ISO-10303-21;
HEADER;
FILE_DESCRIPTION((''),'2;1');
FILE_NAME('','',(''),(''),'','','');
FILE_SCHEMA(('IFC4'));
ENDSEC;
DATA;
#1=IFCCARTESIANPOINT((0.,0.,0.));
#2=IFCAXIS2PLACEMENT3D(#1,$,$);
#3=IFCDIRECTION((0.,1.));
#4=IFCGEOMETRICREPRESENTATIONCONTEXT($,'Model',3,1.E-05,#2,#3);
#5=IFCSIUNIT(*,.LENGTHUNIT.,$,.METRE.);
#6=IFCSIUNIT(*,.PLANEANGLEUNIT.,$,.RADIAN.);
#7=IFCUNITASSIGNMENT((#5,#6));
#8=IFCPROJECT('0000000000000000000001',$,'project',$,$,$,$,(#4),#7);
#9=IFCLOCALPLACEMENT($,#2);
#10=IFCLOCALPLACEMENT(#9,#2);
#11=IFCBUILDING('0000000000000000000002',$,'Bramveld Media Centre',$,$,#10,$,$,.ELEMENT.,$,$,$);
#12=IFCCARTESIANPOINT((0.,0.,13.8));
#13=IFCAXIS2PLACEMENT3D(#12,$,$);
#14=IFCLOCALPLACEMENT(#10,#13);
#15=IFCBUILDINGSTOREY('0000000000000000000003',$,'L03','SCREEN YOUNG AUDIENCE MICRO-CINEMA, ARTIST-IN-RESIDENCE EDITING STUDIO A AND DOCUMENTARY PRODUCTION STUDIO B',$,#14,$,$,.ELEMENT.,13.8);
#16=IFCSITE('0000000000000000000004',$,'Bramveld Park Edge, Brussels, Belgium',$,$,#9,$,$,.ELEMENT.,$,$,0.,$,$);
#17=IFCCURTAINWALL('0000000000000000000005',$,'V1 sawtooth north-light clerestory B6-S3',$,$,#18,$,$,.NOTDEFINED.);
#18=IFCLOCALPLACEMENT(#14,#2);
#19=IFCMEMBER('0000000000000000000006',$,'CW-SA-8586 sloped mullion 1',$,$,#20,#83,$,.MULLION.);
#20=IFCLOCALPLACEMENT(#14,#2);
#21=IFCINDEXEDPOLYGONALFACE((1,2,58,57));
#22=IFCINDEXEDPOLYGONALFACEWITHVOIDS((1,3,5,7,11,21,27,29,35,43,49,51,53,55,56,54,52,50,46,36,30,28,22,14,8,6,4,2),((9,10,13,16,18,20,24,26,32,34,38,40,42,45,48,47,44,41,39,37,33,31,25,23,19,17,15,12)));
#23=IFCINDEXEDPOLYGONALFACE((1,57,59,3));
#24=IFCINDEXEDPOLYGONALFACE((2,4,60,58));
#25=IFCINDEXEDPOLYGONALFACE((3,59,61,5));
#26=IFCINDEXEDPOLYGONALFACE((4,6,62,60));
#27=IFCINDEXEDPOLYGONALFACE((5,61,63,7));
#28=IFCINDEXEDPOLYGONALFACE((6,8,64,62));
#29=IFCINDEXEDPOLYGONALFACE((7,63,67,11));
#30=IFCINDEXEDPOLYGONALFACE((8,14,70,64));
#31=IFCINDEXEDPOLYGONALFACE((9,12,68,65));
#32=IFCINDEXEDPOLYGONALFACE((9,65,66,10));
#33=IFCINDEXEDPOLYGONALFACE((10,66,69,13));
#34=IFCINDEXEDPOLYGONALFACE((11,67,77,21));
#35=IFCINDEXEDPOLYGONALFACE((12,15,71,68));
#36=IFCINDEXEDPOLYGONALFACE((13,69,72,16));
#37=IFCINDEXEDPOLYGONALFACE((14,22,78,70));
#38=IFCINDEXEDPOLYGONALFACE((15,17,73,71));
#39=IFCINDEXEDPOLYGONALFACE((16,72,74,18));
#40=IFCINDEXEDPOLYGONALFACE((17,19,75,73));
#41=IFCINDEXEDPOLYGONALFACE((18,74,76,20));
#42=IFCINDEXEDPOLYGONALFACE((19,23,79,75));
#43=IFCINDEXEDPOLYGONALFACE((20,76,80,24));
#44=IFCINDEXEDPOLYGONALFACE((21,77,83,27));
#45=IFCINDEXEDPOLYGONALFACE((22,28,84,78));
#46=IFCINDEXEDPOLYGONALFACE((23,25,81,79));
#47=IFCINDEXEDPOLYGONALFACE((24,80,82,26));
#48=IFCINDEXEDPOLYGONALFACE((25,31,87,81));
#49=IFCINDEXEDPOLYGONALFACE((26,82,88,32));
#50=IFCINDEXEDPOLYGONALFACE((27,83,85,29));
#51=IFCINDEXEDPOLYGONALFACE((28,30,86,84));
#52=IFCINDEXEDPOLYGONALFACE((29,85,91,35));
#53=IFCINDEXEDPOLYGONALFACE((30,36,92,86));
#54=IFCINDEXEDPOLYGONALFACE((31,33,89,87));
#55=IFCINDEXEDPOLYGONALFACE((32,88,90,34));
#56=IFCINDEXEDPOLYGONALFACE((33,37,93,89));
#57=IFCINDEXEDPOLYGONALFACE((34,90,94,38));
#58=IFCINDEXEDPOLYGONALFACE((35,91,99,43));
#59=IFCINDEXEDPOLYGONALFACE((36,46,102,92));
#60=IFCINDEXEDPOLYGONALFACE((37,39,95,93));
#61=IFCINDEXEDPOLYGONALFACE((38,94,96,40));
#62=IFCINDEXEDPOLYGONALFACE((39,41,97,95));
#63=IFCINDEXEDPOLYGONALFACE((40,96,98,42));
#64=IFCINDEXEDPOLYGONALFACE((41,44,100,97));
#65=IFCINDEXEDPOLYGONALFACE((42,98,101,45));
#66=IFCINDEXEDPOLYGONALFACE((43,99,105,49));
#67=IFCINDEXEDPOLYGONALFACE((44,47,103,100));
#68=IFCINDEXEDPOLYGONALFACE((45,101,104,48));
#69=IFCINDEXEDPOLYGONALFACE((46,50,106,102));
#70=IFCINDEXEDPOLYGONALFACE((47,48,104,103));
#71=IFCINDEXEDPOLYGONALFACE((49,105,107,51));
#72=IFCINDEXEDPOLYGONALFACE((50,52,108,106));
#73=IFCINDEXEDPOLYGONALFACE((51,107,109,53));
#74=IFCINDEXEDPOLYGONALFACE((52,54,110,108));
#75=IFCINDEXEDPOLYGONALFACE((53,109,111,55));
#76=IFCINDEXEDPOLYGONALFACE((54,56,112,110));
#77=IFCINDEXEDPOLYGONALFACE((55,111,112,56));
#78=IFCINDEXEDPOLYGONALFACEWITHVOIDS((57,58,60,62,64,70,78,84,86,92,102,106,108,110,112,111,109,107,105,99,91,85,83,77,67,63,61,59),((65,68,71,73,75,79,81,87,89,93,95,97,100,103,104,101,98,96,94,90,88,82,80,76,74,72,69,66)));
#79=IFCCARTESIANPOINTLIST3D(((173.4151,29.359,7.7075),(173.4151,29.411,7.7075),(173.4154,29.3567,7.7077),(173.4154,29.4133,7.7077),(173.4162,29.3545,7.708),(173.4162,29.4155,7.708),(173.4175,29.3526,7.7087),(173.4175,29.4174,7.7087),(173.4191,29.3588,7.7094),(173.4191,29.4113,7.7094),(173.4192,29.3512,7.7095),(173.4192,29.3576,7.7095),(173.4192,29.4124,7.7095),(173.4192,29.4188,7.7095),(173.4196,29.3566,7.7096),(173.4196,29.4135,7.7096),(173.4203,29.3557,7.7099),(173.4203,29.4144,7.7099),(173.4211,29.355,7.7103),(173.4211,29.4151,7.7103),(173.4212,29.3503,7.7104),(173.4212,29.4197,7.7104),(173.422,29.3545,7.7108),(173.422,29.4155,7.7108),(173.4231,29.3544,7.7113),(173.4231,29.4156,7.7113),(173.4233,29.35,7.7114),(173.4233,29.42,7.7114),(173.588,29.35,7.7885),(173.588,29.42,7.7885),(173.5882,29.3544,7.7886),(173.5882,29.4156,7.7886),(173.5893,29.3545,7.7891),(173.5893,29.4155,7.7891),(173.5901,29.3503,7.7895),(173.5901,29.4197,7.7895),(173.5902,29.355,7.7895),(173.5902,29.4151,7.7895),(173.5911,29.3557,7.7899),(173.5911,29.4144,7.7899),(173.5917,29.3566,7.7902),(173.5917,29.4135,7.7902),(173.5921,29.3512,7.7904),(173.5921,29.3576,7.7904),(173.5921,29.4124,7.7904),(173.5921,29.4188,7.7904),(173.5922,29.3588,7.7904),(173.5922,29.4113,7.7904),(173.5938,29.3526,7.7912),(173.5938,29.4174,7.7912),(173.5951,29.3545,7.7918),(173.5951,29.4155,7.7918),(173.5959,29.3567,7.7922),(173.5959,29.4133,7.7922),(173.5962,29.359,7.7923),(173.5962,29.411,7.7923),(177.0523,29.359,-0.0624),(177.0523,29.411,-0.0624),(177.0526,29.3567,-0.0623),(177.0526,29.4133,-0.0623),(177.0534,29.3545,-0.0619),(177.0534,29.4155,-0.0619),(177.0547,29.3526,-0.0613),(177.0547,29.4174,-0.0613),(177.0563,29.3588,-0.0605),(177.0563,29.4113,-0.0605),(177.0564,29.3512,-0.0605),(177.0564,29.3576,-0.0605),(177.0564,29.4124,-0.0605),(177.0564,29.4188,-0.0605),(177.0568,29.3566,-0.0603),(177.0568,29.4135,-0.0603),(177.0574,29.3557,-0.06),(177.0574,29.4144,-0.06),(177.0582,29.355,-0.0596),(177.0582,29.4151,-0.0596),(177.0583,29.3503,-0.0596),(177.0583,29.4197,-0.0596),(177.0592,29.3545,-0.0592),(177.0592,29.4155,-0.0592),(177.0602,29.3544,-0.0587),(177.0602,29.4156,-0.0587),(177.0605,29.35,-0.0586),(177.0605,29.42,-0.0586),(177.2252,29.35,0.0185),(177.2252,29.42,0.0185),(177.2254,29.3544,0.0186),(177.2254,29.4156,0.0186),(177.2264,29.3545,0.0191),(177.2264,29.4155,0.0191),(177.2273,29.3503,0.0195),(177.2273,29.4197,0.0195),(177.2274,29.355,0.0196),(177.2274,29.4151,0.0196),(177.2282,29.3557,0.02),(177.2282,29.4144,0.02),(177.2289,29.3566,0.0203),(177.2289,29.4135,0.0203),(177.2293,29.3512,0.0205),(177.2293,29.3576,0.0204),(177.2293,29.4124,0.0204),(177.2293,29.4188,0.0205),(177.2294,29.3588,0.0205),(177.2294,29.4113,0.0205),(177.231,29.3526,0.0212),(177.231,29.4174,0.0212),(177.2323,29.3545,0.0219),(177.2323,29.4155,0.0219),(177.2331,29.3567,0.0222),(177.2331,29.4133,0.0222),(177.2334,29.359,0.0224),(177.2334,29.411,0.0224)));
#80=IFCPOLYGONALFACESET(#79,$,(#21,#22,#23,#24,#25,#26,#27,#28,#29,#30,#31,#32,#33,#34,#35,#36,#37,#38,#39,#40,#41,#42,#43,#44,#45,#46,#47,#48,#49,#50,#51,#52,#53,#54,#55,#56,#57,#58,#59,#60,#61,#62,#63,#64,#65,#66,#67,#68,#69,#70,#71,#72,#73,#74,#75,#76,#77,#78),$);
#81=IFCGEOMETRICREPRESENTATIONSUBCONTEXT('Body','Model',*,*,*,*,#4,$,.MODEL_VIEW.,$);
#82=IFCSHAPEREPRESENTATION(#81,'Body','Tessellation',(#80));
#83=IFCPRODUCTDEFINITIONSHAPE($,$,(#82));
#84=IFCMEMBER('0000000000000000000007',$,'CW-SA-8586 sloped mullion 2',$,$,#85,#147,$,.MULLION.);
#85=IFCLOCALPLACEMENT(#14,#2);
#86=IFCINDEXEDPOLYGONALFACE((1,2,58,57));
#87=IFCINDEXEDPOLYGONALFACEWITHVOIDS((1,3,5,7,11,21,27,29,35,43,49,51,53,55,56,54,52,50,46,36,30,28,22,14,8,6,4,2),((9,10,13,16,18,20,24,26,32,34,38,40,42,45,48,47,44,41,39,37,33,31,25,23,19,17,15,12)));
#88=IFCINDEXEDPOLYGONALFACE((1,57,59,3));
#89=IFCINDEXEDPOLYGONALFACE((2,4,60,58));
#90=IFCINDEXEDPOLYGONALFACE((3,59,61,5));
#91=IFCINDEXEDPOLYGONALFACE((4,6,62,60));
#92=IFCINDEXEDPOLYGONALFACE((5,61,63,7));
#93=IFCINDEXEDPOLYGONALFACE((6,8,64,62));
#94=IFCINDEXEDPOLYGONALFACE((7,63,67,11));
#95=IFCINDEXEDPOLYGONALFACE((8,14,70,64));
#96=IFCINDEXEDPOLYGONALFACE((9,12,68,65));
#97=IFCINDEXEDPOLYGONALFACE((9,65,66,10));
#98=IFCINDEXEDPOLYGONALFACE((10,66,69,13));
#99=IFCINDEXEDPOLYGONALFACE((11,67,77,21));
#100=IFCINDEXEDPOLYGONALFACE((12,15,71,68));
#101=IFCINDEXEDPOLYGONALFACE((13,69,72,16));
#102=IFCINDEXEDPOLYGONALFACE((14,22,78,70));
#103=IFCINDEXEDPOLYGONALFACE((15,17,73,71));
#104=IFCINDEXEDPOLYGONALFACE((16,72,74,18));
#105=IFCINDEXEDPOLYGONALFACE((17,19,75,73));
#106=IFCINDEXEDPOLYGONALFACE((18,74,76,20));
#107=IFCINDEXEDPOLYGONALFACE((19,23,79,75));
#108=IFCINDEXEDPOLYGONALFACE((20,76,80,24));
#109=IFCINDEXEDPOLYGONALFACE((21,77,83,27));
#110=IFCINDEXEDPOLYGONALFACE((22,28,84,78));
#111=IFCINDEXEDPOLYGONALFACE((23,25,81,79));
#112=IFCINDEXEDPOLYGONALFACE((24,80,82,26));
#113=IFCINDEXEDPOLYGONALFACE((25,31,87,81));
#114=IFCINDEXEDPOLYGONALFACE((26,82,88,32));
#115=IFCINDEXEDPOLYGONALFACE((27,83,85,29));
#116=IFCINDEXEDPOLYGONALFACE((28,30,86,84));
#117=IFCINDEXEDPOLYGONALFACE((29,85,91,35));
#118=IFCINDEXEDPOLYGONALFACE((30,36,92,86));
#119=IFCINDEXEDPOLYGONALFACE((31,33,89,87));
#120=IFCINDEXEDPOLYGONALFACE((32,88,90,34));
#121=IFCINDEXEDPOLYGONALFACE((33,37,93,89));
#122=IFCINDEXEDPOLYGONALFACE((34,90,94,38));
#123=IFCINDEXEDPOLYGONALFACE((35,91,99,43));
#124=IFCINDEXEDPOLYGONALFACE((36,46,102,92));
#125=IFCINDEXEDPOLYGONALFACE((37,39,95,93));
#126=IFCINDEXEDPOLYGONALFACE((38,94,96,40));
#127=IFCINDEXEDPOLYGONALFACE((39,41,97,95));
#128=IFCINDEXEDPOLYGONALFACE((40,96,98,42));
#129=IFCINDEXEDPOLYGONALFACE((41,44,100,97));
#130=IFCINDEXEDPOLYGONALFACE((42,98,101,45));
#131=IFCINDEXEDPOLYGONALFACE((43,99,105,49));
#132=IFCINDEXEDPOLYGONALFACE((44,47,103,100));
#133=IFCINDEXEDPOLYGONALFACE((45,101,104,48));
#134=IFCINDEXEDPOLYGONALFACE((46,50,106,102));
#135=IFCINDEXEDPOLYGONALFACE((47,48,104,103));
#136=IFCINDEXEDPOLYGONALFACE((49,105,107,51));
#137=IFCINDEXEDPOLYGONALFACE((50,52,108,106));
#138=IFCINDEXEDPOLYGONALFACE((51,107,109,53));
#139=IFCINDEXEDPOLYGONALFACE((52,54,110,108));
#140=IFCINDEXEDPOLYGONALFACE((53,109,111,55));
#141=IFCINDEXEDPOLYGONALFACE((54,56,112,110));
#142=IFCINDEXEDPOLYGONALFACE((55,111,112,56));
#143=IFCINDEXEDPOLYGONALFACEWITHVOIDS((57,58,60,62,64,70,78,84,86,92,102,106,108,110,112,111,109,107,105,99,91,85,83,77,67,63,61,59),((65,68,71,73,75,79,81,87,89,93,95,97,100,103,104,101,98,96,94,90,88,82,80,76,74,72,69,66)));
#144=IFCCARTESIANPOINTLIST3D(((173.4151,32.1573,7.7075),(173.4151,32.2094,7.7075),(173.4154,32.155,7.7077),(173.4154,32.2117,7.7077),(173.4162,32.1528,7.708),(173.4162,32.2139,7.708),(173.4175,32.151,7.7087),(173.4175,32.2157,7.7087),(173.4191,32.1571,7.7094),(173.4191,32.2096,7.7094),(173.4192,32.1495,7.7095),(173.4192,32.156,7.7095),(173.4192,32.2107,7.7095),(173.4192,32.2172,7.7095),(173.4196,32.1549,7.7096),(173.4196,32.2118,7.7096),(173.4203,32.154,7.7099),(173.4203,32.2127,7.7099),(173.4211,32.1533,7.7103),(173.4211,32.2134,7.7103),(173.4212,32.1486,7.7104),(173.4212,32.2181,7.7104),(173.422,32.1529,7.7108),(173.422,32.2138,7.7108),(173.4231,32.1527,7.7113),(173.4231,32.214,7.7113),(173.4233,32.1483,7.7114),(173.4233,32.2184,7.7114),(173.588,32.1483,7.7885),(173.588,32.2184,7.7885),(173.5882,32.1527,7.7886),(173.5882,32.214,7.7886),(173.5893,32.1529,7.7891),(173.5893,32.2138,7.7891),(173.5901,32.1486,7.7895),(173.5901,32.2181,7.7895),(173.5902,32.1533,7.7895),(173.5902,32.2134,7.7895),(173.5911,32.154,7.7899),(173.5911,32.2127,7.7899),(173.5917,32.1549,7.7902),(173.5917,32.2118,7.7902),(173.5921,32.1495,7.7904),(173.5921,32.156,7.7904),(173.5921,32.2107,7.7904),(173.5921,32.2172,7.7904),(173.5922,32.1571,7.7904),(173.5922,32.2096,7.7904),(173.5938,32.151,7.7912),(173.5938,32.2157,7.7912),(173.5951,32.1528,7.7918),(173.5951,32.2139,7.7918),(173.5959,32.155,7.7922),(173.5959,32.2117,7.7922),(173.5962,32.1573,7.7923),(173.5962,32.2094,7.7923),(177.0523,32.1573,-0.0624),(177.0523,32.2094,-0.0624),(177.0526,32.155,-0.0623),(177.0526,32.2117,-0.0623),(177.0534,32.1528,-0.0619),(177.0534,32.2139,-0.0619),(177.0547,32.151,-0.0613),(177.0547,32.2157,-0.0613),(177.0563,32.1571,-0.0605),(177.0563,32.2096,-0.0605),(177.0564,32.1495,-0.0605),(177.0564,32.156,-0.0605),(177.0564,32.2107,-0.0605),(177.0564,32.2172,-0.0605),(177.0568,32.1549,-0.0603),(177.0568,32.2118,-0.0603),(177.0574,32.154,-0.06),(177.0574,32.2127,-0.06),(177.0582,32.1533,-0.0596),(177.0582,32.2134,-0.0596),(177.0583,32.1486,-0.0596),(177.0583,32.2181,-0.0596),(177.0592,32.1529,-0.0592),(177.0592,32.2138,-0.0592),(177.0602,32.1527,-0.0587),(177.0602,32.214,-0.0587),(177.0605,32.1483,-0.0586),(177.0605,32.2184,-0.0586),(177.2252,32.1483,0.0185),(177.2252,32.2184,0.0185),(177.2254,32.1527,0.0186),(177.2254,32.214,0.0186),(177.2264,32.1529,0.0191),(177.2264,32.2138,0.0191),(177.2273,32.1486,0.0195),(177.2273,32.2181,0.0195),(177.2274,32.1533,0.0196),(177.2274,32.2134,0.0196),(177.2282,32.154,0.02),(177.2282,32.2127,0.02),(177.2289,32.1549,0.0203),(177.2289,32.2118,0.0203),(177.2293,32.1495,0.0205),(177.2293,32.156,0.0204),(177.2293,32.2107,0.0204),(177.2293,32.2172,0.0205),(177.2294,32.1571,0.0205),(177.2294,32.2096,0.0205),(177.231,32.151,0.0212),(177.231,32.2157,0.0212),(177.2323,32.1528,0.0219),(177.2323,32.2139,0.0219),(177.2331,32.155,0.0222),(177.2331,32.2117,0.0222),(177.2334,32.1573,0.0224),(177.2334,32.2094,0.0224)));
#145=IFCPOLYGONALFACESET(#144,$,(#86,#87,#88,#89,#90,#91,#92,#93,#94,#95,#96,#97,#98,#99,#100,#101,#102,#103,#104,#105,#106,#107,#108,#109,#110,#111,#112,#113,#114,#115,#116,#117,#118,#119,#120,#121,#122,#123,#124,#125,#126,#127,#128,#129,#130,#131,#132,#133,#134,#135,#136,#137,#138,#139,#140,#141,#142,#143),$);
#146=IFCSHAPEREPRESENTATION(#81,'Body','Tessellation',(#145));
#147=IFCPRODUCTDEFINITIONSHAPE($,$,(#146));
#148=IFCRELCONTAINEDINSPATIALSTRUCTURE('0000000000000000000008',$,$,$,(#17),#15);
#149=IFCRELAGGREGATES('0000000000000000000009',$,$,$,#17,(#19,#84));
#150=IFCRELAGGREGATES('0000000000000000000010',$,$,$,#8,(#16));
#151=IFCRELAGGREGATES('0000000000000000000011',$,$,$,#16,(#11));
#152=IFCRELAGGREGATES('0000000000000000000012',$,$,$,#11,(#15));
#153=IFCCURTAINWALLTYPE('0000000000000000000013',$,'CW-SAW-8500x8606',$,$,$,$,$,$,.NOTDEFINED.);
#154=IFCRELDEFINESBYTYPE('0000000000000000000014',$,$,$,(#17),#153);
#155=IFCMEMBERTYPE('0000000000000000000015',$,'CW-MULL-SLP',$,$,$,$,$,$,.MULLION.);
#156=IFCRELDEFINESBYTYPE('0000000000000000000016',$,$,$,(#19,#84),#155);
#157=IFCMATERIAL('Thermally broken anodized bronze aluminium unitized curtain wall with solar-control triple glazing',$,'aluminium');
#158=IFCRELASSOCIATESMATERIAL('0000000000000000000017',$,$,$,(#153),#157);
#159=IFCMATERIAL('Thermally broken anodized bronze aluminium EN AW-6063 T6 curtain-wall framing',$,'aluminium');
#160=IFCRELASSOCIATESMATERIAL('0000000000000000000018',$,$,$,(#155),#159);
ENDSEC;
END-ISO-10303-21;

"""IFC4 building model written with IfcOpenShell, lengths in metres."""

from ifc_helpers import new_model, si_unit, direction, frame, origin, origin_2d, place, context, subcontext, project, spatial, hollow_rectangle, extrude, material, material_profile, profile_set, type_object, element, aggregate, save


model = new_model("IFC4")

# Units and contexts
model_context = context("Model", 3, precision=1e-05, world=origin(), true_north=direction((0.0, 1.0)))
body_context = subcontext(model_context, "Body", "Model", "MODEL_VIEW")
ifc_project = project(units=[si_unit("LENGTHUNIT", "METRE"), si_unit("PLANEANGLEUNIT", "RADIAN")], contexts=[model_context])

# Site, building, storey
site_placement = place(None, origin())
site = spatial("IfcSite", under=ifc_project, at=site_placement, Name="Bramveld Park Edge, Brussels, Belgium", CompositionType="ELEMENT", RefElevation=0.0)
building_placement = place(site_placement, origin())
building = spatial("IfcBuilding", under=site, at=building_placement, Name="Bramveld Media Centre", CompositionType="ELEMENT")
storey_placement = place(building_placement, frame((0.0, 0.0, 13.8)))
storey = spatial("IfcBuildingStorey", under=building, at=storey_placement, Name="L03", Description="SCREEN YOUNG AUDIENCE MICRO-CINEMA, ARTIST-IN-RESIDENCE EDITING STUDIO A AND DOCUMENTARY PRODUCTION STUDIO B", CompositionType="ELEMENT", Elevation=13.8)

# Curtain wall, members
ifc_material_1 = material(Name="Thermally broken anodized bronze aluminium unitized curtain wall with solar-control triple glazing", Category="aluminium")
curtain_wall_type = type_object("IfcCurtainWallType", Name="CW-SAW-8500x8606", PredefinedType="NOTDEFINED", material=ifc_material_1)
curtain_wall_1_placement = place(storey_placement, origin())
curtain_wall_1 = element("IfcCurtainWall", 1, at=curtain_wall_1_placement, inside=storey, type_object=curtain_wall_type, Name="V1 sawtooth north-light clerestory B6-S3", PredefinedType="NOTDEFINED")
ifc_material_2 = material(Name="Thermally broken anodized bronze aluminium EN AW-6063 T6 curtain-wall framing", Category="aluminium")
ifc_material_profile_1 = material_profile(ifc_material_2, hollow_rectangle(XDim=0.0701, YDim=0.2, WallThickness=0.0044, InnerFilletRadius=0.0044, OuterFilletRadius=0.009, at=origin_2d()), Name="AL-MULL 70x200")
ifc_profile_set_1 = profile_set([ifc_material_profile_1], Name="Thermally broken anodized bronze aluminium EN AW-6063 T6 curtain-wall framing")
member_type_1 = type_object("IfcMemberType", Name="CW-MULL-SLP", PredefinedType="MULLION", material=ifc_profile_set_1)
member_1_placement = place(storey_placement, frame((177.1428, 29.385, -0.02), z_axis=(-0.423957, 0.0, 0.905682), x_axis=(0.0, -1.0, 0.0)))
member_1 = element("IfcMember", 2, at=member_1_placement, type_object=member_type_1, Name="CW-SA-8586 sloped mullion 1", PredefinedType="MULLION", context=body_context, shape_type="SweptSolid", body=[
    extrude(hollow_rectangle(XDim=0.0701, YDim=0.2, WallThickness=0.0044, InnerFilletRadius=0.0044, OuterFilletRadius=0.009, at=origin_2d()), origin(), (0.0, 0.0, 1.0), 8.5791),
])
member_2_placement = place(storey_placement, frame((177.1428, 32.1833, -0.02), z_axis=(-0.423957, 0.0, 0.905682), x_axis=(0.0, -1.0, 0.0)))
member_2 = element("IfcMember", 3, at=member_2_placement, type_object=member_type_1, Name="CW-SA-8586 sloped mullion 2", PredefinedType="MULLION", context=body_context, shape_type="SweptSolid", body=[
    extrude(hollow_rectangle(XDim=0.0701, YDim=0.2, WallThickness=0.0044, InnerFilletRadius=0.0044, OuterFilletRadius=0.009, at=origin_2d()), origin(), (0.0, 0.0, 1.0), 8.5791),
])
aggregate(curtain_wall_1, [member_1, member_2])

save(model, "model.ifc")
